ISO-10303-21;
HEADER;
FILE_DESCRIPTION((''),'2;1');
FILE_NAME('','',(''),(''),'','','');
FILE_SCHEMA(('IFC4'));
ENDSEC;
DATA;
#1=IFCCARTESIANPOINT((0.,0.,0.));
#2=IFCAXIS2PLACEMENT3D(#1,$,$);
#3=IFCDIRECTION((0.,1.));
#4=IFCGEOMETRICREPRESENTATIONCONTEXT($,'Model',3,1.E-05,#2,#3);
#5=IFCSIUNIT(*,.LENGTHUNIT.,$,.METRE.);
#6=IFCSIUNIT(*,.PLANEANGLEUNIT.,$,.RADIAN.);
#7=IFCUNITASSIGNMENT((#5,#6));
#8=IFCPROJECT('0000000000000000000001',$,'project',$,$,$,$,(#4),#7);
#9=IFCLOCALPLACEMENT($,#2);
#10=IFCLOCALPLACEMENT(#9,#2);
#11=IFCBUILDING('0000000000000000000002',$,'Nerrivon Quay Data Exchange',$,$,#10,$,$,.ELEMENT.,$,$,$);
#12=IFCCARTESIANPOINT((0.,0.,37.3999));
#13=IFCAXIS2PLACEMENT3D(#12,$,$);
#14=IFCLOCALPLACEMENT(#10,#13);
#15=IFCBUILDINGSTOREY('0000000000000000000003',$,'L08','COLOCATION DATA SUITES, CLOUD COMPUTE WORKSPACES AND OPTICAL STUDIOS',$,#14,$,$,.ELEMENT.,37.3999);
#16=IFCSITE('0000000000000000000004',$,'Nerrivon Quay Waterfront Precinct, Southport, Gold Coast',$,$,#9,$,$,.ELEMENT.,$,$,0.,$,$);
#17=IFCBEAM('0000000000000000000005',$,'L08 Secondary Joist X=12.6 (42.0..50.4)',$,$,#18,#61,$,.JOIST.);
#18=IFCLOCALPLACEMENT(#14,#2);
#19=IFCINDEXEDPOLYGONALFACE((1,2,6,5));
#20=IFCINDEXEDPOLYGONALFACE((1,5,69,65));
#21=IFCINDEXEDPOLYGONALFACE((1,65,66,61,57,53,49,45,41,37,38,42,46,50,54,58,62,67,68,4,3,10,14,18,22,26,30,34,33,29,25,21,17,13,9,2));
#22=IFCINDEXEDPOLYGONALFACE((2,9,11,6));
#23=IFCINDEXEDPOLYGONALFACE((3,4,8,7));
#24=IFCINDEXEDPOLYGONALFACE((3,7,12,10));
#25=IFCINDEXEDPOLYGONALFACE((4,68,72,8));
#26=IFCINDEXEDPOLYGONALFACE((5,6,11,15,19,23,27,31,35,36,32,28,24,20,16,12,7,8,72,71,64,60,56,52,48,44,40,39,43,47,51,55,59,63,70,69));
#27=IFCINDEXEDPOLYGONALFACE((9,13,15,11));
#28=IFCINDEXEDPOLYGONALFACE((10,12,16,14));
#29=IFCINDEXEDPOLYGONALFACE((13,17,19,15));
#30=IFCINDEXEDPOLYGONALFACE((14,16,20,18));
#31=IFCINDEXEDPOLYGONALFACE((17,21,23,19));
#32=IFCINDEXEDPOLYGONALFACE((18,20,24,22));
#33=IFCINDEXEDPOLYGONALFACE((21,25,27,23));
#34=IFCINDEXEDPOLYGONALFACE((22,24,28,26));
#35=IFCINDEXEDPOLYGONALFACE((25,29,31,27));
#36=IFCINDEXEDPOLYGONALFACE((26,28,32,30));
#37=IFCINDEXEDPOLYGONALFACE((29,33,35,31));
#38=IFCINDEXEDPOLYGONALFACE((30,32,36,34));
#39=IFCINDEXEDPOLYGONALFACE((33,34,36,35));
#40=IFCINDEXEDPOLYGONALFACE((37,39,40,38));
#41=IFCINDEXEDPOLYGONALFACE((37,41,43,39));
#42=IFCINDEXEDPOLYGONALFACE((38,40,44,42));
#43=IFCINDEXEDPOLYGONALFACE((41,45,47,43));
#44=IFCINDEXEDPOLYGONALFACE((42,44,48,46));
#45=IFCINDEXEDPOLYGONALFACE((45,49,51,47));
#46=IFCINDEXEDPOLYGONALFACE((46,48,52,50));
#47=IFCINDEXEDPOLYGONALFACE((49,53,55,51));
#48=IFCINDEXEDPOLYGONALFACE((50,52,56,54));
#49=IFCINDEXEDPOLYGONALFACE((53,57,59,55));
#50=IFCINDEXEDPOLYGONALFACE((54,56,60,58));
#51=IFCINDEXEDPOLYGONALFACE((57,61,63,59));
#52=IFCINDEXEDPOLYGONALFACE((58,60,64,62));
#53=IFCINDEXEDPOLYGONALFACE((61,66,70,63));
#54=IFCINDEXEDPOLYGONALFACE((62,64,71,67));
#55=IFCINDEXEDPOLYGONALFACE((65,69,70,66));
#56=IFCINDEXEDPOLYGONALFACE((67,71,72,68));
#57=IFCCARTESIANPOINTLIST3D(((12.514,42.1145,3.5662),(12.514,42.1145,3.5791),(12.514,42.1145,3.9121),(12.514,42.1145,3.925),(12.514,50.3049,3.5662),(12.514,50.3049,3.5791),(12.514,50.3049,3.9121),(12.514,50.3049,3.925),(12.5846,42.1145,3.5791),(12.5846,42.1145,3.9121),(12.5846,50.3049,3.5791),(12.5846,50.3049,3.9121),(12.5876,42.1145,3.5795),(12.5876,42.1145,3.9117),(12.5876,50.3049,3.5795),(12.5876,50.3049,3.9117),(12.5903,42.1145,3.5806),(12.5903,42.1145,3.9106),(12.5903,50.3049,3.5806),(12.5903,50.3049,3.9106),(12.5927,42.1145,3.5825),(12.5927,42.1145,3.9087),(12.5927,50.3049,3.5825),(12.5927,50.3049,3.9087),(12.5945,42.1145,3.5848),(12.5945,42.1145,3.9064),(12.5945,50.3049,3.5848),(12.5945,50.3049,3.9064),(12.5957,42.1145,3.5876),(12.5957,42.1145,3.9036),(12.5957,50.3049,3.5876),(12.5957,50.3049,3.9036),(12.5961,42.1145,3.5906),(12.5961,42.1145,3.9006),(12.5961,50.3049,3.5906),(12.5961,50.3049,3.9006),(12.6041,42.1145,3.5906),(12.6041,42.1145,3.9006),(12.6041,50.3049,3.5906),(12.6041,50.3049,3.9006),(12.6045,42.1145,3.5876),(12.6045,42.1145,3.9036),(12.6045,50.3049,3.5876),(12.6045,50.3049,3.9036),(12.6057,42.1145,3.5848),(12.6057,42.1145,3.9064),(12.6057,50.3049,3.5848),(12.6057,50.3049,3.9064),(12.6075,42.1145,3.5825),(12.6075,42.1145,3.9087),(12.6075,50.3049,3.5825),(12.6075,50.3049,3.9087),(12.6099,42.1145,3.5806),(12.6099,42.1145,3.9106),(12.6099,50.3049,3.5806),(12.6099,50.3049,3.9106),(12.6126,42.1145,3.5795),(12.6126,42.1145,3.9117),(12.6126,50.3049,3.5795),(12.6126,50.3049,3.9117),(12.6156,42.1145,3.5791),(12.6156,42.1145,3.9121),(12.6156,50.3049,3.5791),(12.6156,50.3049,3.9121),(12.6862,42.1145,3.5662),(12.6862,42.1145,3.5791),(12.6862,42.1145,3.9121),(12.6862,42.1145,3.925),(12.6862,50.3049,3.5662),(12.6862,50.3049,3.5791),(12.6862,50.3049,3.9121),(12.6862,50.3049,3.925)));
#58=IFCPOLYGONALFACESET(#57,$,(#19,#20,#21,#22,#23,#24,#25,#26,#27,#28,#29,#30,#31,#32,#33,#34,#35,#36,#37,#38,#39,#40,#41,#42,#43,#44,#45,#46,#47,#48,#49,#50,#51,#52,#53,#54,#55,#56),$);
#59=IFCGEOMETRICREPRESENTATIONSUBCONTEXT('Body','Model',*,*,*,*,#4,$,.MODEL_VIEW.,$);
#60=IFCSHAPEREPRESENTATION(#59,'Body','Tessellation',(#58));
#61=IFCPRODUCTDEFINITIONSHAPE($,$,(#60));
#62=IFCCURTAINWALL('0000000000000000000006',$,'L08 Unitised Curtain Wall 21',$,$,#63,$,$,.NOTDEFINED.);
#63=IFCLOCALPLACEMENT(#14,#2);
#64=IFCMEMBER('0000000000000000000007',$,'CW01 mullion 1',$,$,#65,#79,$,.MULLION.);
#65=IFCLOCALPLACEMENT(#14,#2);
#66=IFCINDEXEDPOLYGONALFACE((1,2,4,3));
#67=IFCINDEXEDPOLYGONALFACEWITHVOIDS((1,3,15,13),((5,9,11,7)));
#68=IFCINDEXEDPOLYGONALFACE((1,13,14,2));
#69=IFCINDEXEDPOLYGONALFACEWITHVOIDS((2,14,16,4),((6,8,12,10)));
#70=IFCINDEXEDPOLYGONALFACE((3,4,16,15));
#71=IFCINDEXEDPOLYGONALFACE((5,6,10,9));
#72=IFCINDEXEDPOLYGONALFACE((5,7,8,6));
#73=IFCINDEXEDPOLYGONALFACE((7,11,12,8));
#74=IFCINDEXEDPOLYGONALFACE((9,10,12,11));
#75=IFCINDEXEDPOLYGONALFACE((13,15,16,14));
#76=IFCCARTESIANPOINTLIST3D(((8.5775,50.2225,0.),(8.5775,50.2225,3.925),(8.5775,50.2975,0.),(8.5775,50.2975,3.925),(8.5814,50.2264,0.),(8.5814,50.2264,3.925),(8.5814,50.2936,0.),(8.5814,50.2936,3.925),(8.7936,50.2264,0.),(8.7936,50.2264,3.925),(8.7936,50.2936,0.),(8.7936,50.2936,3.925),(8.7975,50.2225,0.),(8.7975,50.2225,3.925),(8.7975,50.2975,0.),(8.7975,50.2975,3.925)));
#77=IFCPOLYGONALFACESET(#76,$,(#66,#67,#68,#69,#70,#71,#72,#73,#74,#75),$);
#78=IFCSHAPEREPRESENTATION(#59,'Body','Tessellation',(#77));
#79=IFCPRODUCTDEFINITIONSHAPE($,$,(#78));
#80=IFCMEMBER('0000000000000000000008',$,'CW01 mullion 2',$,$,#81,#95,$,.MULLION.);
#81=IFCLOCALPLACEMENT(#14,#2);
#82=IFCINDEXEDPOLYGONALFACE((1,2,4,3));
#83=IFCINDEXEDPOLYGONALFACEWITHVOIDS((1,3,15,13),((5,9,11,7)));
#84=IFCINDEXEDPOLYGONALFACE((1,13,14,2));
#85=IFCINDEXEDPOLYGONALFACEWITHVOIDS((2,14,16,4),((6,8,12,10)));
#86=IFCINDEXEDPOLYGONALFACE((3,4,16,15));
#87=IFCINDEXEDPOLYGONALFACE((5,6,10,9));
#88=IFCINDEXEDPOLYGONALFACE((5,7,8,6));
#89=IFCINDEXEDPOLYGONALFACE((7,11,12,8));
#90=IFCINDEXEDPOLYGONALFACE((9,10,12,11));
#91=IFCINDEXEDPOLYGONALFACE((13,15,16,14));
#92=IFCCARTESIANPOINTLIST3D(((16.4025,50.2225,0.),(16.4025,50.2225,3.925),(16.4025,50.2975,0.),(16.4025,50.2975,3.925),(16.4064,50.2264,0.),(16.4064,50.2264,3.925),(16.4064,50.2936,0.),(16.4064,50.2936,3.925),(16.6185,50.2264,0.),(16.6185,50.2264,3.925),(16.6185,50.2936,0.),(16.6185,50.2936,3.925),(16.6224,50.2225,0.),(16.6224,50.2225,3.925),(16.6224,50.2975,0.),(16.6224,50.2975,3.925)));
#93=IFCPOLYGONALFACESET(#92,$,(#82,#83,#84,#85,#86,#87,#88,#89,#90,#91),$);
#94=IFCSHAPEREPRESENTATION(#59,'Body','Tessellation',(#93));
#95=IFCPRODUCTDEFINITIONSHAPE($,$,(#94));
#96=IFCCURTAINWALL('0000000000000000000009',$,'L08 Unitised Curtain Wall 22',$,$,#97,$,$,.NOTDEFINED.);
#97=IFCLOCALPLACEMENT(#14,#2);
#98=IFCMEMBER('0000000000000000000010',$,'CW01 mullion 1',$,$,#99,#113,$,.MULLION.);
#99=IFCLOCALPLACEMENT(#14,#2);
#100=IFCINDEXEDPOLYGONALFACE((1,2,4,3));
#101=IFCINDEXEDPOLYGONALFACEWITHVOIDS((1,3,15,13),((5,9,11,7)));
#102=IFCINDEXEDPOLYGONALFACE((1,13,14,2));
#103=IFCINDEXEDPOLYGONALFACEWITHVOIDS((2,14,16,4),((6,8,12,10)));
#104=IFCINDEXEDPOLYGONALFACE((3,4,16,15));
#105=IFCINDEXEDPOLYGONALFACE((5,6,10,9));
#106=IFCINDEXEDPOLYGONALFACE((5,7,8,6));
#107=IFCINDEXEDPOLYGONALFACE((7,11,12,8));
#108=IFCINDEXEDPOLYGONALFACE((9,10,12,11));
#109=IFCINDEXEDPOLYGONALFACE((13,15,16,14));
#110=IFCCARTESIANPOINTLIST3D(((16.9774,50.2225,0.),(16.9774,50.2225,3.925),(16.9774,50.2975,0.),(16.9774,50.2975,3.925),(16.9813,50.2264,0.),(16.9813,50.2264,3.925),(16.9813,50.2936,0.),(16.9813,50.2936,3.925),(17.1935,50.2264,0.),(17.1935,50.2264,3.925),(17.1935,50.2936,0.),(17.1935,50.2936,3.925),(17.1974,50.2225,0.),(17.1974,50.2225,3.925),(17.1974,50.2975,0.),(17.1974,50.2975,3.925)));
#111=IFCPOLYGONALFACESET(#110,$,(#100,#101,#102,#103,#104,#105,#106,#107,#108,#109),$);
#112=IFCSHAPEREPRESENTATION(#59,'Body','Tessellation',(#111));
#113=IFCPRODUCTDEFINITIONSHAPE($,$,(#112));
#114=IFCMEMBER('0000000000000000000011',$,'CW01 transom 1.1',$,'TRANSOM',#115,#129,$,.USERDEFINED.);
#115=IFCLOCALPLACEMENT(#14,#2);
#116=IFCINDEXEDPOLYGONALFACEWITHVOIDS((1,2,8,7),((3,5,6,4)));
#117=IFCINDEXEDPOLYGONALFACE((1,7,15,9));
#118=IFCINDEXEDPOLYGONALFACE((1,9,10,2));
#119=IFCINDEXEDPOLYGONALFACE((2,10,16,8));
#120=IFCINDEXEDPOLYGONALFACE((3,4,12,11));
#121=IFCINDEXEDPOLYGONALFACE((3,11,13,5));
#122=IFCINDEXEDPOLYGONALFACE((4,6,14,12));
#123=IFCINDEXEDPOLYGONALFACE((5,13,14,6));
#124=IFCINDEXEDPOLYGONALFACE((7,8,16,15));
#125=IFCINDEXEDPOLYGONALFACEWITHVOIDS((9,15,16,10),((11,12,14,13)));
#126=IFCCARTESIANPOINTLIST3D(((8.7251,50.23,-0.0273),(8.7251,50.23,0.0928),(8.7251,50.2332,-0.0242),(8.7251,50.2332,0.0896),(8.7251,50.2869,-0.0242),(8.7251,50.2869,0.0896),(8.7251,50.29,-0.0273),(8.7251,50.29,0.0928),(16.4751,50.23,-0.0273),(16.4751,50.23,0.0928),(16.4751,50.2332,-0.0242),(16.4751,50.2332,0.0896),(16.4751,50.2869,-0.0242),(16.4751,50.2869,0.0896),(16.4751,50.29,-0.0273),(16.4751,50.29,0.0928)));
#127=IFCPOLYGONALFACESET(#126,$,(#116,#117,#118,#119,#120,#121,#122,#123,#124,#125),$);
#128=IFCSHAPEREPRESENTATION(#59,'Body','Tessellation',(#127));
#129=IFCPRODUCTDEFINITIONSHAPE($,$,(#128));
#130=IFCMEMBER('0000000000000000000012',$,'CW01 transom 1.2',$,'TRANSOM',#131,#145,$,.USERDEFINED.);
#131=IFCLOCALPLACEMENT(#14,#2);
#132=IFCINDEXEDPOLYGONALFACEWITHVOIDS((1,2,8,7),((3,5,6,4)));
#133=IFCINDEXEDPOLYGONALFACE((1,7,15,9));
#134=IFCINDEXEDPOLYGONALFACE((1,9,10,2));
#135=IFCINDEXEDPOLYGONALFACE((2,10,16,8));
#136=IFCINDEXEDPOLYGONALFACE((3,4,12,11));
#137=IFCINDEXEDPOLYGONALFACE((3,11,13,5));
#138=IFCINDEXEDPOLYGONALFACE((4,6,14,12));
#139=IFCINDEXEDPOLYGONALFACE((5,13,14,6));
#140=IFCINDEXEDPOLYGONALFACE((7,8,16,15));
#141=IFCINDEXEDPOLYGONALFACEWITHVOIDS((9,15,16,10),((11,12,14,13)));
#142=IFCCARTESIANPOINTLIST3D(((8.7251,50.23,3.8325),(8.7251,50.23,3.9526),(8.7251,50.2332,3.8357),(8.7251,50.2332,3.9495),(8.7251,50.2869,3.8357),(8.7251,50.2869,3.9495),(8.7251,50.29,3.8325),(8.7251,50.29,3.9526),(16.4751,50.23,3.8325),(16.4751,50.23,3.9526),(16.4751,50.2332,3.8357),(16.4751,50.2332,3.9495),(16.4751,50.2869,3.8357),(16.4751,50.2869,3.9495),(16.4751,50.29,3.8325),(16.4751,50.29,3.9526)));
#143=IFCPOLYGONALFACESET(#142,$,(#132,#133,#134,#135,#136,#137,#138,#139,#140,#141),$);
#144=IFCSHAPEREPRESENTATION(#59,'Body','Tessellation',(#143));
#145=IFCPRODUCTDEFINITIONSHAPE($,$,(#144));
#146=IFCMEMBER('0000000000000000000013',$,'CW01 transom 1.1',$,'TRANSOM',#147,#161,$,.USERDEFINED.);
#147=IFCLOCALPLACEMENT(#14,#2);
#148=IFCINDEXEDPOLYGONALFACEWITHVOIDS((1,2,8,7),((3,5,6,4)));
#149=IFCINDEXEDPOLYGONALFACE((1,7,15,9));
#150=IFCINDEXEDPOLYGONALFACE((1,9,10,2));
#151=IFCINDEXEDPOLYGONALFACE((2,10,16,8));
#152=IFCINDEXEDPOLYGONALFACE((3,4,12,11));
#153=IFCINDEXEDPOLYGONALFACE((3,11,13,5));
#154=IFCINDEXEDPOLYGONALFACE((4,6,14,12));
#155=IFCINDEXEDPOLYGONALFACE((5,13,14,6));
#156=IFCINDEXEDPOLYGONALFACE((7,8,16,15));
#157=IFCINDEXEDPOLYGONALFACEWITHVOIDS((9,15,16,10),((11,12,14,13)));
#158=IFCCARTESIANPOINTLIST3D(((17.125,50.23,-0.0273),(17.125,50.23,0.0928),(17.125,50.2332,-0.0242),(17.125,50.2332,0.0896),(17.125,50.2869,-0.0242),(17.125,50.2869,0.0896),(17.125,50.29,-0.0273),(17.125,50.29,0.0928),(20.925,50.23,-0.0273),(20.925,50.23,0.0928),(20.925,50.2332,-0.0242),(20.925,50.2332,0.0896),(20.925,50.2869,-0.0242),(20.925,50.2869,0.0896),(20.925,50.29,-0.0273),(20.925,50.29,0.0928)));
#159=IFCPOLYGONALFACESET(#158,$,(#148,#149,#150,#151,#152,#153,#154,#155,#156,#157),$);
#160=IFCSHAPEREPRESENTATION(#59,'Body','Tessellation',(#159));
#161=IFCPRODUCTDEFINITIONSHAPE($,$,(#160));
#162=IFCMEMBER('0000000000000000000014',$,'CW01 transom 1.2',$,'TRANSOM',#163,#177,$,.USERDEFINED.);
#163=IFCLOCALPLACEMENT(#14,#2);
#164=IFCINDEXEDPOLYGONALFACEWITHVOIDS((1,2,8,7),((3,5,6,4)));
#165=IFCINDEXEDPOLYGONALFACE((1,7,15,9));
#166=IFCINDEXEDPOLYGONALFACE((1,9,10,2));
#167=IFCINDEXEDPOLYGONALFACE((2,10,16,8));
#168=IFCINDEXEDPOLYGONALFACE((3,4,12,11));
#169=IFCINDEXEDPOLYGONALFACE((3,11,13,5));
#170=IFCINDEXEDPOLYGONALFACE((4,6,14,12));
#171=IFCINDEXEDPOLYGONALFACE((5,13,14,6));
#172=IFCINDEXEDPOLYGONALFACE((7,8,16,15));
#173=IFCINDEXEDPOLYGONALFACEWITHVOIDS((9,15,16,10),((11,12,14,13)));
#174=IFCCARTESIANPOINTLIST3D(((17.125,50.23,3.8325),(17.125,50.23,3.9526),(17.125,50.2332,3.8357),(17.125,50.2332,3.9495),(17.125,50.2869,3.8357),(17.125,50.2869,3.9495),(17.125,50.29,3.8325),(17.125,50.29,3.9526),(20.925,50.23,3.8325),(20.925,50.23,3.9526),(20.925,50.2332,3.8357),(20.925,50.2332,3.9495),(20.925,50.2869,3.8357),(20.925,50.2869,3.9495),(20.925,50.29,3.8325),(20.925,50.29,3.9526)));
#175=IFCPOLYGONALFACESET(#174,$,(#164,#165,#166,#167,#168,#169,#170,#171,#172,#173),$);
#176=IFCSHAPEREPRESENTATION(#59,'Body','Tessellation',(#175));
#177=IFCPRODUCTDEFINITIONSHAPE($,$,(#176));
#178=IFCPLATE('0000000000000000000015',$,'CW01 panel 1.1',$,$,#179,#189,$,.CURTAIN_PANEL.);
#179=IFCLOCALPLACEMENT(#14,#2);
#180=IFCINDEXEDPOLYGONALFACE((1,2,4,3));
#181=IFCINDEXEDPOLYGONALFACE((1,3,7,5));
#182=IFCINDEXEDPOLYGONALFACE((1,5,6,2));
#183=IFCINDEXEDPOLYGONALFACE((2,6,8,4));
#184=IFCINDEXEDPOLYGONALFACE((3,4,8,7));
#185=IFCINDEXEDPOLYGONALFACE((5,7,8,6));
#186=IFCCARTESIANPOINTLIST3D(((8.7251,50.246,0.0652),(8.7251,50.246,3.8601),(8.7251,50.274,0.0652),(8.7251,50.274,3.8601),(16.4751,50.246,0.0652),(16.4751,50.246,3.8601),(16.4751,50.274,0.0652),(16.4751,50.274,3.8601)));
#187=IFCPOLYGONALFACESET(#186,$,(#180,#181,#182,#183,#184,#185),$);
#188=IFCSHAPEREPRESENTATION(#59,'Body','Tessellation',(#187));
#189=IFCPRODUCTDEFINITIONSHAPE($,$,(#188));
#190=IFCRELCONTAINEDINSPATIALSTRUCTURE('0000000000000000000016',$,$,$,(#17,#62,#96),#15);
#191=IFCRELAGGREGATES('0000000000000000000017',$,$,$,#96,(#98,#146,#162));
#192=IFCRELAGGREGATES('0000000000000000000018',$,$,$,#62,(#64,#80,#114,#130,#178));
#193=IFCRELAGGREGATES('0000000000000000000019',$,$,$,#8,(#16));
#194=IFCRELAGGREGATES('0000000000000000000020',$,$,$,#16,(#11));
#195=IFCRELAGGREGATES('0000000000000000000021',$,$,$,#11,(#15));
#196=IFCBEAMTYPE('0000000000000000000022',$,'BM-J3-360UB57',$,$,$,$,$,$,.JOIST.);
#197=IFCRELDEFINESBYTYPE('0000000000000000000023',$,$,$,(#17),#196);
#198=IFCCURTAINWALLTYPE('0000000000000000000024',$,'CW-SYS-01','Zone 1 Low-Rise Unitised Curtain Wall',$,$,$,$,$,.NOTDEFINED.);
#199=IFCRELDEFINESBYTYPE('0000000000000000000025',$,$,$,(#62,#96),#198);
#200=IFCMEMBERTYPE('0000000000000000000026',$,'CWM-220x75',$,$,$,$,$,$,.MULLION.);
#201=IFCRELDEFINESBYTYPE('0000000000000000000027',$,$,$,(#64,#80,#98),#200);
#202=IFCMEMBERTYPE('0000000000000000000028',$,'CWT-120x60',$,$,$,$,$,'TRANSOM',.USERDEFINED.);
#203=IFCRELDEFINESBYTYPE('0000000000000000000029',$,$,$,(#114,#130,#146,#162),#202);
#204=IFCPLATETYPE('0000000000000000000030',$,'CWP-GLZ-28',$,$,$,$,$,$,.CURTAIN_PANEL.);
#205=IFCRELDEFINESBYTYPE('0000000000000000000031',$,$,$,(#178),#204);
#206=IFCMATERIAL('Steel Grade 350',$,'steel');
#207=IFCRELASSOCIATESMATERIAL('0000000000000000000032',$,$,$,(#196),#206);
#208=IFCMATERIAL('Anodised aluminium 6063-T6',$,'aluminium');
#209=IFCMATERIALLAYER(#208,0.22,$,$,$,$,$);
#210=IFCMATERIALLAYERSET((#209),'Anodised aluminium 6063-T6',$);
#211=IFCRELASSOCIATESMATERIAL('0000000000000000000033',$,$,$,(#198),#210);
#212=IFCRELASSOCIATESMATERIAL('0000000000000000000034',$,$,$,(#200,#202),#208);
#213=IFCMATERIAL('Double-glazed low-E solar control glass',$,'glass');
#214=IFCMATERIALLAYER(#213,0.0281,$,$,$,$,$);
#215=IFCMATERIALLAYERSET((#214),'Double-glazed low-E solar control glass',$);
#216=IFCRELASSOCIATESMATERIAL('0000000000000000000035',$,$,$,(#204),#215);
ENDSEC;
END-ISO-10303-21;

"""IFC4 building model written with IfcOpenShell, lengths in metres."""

from ifc_helpers import new_model, si_unit, direction, frame, origin, origin_2d, place, context, subcontext, project, spatial, rectangle, hollow_rectangle, i_section, extrude, material, layer, layer_set, material_profile, profile_set, type_object, element, aggregate, save


model = new_model("IFC4")

# Units and contexts
model_context = context("Model", 3, precision=1e-05, world=origin(), true_north=direction((0.0, 1.0)))
body_context = subcontext(model_context, "Body", "Model", "MODEL_VIEW")
ifc_project = project(units=[si_unit("LENGTHUNIT", "METRE"), si_unit("PLANEANGLEUNIT", "RADIAN")], contexts=[model_context])

# Site, building, storey
site_placement = place(None, origin())
site = spatial("IfcSite", under=ifc_project, at=site_placement, Name="Nerrivon Quay Waterfront Precinct, Southport, Gold Coast", CompositionType="ELEMENT", RefElevation=0.0)
building_placement = place(site_placement, origin())
building = spatial("IfcBuilding", under=site, at=building_placement, Name="Nerrivon Quay Data Exchange", CompositionType="ELEMENT")
storey_placement = place(building_placement, frame((0.0, 0.0, 37.3999)))
storey = spatial("IfcBuildingStorey", under=building, at=storey_placement, Name="L08", Description="COLOCATION DATA SUITES, CLOUD COMPUTE WORKSPACES AND OPTICAL STUDIOS", CompositionType="ELEMENT", Elevation=37.3999)

# Shared definitions
ifc_material_1 = material(Name="Steel Grade 350", Category="steel")

# Beam
ifc_material_profile_1 = material_profile(ifc_material_1, i_section(OverallWidth=0.1721, OverallDepth=0.3589, WebThickness=0.0081, FlangeThickness=0.0129, FilletRadius=0.0115, at=origin_2d()), Name="360UB56.7")
ifc_profile_set_1 = profile_set([ifc_material_profile_1], Name="Steel Grade 350")
beam_type_1 = type_object("IfcBeamType", Name="BM-J3-360UB57", PredefinedType="JOIST", material=ifc_profile_set_1)
beam_1_placement = place(storey_placement, frame((12.6001, 42.1145, 3.7456), z_axis=(0.0, 1.0, 0.0), x_axis=(-1.0, 0.0, 0.0)))
element("IfcBeam", 1, at=beam_1_placement, inside=storey, type_object=beam_type_1, Name="L08 Secondary Joist X=12.6 (42.0..50.4)", PredefinedType="JOIST", context=body_context, shape_type="SweptSolid", body=[
    extrude(i_section(OverallWidth=0.1721, OverallDepth=0.3589, WebThickness=0.0081, FlangeThickness=0.0129, FilletRadius=0.0115, at=origin_2d()), origin(), (0.0, 0.0, 1.0), 8.1904),
])

# Curtain wall, members
ifc_material_2 = material(Name="Anodised aluminium 6063-T6", Category="aluminium")
ifc_layer_1 = layer(ifc_material_2, 0.22)
ifc_layer_set_1 = layer_set([ifc_layer_1], Name="Anodised aluminium 6063-T6")
curtain_wall_type = type_object("IfcCurtainWallType", Name="CW-SYS-01", Description="Zone 1 Low-Rise Unitised Curtain Wall", PredefinedType="NOTDEFINED", material=ifc_layer_set_1)
curtain_wall_1_placement = place(storey_placement, origin())
curtain_wall_1 = element("IfcCurtainWall", 2, at=curtain_wall_1_placement, inside=storey, type_object=curtain_wall_type, Name="L08 Unitised Curtain Wall 21", PredefinedType="NOTDEFINED")
ifc_material_profile_2 = material_profile(ifc_material_2, hollow_rectangle(XDim=0.075, YDim=0.22, WallThickness=0.0039, at=origin_2d()), Name="ALU-MULL-220x75")
ifc_profile_set_2 = profile_set([ifc_material_profile_2], Name="Anodised aluminium 6063-T6")
member_type_1 = type_object("IfcMemberType", Name="CWM-220x75", PredefinedType="MULLION", material=ifc_profile_set_2)
member_1_placement = place(storey_placement, frame((8.6875, 50.26, 0.0), z_axis=(0.0, 0.0, 1.0), x_axis=(0.0, 1.0, 0.0)))
member_1 = element("IfcMember", 3, at=member_1_placement, type_object=member_type_1, Name="CW01 mullion 1", PredefinedType="MULLION", context=body_context, shape_type="SweptSolid", body=[
    extrude(hollow_rectangle(XDim=0.075, YDim=0.22, WallThickness=0.0039, at=origin_2d()), origin(), (0.0, 0.0, 1.0), 3.925),
])
member_2_placement = place(storey_placement, frame((16.5125, 50.26, 0.0), z_axis=(0.0, 0.0, 1.0), x_axis=(0.0, 1.0, 0.0)))
member_2 = element("IfcMember", 4, at=member_2_placement, type_object=member_type_1, Name="CW01 mullion 2", PredefinedType="MULLION", context=body_context, shape_type="SweptSolid", body=[
    extrude(hollow_rectangle(XDim=0.075, YDim=0.22, WallThickness=0.0039, at=origin_2d()), origin(), (0.0, 0.0, 1.0), 3.925),
])

# Curtain wall, member
curtain_wall_2_placement = place(storey_placement, origin())
curtain_wall_2 = element("IfcCurtainWall", 5, at=curtain_wall_2_placement, inside=storey, type_object=curtain_wall_type, Name="L08 Unitised Curtain Wall 22", PredefinedType="NOTDEFINED")
member_3_placement = place(storey_placement, frame((17.0874, 50.26, 0.0), z_axis=(0.0, 0.0, 1.0), x_axis=(0.0, 1.0, 0.0)))
member_3 = element("IfcMember", 6, at=member_3_placement, type_object=member_type_1, Name="CW01 mullion 1", PredefinedType="MULLION", context=body_context, shape_type="SweptSolid", body=[
    extrude(hollow_rectangle(XDim=0.075, YDim=0.22, WallThickness=0.0039, at=origin_2d()), origin(), (0.0, 0.0, 1.0), 3.925),
])

# Members
ifc_material_profile_3 = material_profile(ifc_material_2, hollow_rectangle(XDim=0.0601, YDim=0.1201, WallThickness=0.0032, at=origin_2d()), Name="ALU-TRAN-120x60")
ifc_profile_set_3 = profile_set([ifc_material_profile_3], Name="Anodised aluminium 6063-T6")
member_type_2 = type_object("IfcMemberType", Name="CWT-120x60", ElementType="TRANSOM", PredefinedType="USERDEFINED", material=ifc_profile_set_3)
member_4_placement = place(storey_placement, frame((8.7251, 50.26, 0.0327), z_axis=(1.0, 0.0, 0.0), x_axis=(0.0, 1.0, 0.0)))
member_4 = element("IfcMember", 7, at=member_4_placement, type_object=member_type_2, Name="CW01 transom 1.1", ObjectType="TRANSOM", PredefinedType="USERDEFINED", context=body_context, shape_type="SweptSolid", body=[
    extrude(hollow_rectangle(XDim=0.0601, YDim=0.1201, WallThickness=0.0032, at=origin_2d()), origin(), (0.0, 0.0, 1.0), 7.75),
])
member_5_placement = place(storey_placement, frame((8.7251, 50.26, 3.8926), z_axis=(1.0, 0.0, 0.0), x_axis=(0.0, 1.0, 0.0)))
member_5 = element("IfcMember", 8, at=member_5_placement, type_object=member_type_2, Name="CW01 transom 1.2", ObjectType="TRANSOM", PredefinedType="USERDEFINED", context=body_context, shape_type="SweptSolid", body=[
    extrude(hollow_rectangle(XDim=0.0601, YDim=0.1201, WallThickness=0.0032, at=origin_2d()), origin(), (0.0, 0.0, 1.0), 7.75),
])
member_6_placement = place(storey_placement, frame((17.125, 50.26, 0.0327), z_axis=(1.0, 0.0, 0.0), x_axis=(0.0, 1.0, 0.0)))
member_6 = element("IfcMember", 9, at=member_6_placement, type_object=member_type_2, Name="CW01 transom 1.1", ObjectType="TRANSOM", PredefinedType="USERDEFINED", context=body_context, shape_type="SweptSolid", body=[
    extrude(hollow_rectangle(XDim=0.0601, YDim=0.1201, WallThickness=0.0032, at=origin_2d()), origin(), (0.0, 0.0, 1.0), 3.8),
])
member_7_placement = place(storey_placement, frame((17.125, 50.26, 3.8926), z_axis=(1.0, 0.0, 0.0), x_axis=(0.0, 1.0, 0.0)))
member_7 = element("IfcMember", 10, at=member_7_placement, type_object=member_type_2, Name="CW01 transom 1.2", ObjectType="TRANSOM", PredefinedType="USERDEFINED", context=body_context, shape_type="SweptSolid", body=[
    extrude(hollow_rectangle(XDim=0.0601, YDim=0.1201, WallThickness=0.0032, at=origin_2d()), origin(), (0.0, 0.0, 1.0), 3.8),
])
aggregate(curtain_wall_2, [member_3, member_6, member_7])

# Plate
ifc_material_3 = material(Name="Double-glazed low-E solar control glass", Category="glass")
ifc_layer_2 = layer(ifc_material_3, 0.0281)
ifc_layer_set_2 = layer_set([ifc_layer_2], Name="Double-glazed low-E solar control glass")
plate_type = type_object("IfcPlateType", Name="CWP-GLZ-28", PredefinedType="CURTAIN_PANEL", material=ifc_layer_set_2)
plate_placement = place(storey_placement, frame((12.6001, 50.26, 0.0652), z_axis=(0.0, 0.0, 1.0), x_axis=(1.0, 0.0, 0.0)))
plate = element("IfcPlate", 11, at=plate_placement, type_object=plate_type, Name="CW01 panel 1.1", PredefinedType="CURTAIN_PANEL", context=body_context, shape_type="SweptSolid", body=[
    extrude(rectangle(XDim=7.75, YDim=0.0281, at=origin_2d()), origin(), (0.0, 0.0, 1.0), 3.7949),
])
aggregate(curtain_wall_1, [member_1, member_2, member_4, member_5, plate])

save(model, "model.ifc")
